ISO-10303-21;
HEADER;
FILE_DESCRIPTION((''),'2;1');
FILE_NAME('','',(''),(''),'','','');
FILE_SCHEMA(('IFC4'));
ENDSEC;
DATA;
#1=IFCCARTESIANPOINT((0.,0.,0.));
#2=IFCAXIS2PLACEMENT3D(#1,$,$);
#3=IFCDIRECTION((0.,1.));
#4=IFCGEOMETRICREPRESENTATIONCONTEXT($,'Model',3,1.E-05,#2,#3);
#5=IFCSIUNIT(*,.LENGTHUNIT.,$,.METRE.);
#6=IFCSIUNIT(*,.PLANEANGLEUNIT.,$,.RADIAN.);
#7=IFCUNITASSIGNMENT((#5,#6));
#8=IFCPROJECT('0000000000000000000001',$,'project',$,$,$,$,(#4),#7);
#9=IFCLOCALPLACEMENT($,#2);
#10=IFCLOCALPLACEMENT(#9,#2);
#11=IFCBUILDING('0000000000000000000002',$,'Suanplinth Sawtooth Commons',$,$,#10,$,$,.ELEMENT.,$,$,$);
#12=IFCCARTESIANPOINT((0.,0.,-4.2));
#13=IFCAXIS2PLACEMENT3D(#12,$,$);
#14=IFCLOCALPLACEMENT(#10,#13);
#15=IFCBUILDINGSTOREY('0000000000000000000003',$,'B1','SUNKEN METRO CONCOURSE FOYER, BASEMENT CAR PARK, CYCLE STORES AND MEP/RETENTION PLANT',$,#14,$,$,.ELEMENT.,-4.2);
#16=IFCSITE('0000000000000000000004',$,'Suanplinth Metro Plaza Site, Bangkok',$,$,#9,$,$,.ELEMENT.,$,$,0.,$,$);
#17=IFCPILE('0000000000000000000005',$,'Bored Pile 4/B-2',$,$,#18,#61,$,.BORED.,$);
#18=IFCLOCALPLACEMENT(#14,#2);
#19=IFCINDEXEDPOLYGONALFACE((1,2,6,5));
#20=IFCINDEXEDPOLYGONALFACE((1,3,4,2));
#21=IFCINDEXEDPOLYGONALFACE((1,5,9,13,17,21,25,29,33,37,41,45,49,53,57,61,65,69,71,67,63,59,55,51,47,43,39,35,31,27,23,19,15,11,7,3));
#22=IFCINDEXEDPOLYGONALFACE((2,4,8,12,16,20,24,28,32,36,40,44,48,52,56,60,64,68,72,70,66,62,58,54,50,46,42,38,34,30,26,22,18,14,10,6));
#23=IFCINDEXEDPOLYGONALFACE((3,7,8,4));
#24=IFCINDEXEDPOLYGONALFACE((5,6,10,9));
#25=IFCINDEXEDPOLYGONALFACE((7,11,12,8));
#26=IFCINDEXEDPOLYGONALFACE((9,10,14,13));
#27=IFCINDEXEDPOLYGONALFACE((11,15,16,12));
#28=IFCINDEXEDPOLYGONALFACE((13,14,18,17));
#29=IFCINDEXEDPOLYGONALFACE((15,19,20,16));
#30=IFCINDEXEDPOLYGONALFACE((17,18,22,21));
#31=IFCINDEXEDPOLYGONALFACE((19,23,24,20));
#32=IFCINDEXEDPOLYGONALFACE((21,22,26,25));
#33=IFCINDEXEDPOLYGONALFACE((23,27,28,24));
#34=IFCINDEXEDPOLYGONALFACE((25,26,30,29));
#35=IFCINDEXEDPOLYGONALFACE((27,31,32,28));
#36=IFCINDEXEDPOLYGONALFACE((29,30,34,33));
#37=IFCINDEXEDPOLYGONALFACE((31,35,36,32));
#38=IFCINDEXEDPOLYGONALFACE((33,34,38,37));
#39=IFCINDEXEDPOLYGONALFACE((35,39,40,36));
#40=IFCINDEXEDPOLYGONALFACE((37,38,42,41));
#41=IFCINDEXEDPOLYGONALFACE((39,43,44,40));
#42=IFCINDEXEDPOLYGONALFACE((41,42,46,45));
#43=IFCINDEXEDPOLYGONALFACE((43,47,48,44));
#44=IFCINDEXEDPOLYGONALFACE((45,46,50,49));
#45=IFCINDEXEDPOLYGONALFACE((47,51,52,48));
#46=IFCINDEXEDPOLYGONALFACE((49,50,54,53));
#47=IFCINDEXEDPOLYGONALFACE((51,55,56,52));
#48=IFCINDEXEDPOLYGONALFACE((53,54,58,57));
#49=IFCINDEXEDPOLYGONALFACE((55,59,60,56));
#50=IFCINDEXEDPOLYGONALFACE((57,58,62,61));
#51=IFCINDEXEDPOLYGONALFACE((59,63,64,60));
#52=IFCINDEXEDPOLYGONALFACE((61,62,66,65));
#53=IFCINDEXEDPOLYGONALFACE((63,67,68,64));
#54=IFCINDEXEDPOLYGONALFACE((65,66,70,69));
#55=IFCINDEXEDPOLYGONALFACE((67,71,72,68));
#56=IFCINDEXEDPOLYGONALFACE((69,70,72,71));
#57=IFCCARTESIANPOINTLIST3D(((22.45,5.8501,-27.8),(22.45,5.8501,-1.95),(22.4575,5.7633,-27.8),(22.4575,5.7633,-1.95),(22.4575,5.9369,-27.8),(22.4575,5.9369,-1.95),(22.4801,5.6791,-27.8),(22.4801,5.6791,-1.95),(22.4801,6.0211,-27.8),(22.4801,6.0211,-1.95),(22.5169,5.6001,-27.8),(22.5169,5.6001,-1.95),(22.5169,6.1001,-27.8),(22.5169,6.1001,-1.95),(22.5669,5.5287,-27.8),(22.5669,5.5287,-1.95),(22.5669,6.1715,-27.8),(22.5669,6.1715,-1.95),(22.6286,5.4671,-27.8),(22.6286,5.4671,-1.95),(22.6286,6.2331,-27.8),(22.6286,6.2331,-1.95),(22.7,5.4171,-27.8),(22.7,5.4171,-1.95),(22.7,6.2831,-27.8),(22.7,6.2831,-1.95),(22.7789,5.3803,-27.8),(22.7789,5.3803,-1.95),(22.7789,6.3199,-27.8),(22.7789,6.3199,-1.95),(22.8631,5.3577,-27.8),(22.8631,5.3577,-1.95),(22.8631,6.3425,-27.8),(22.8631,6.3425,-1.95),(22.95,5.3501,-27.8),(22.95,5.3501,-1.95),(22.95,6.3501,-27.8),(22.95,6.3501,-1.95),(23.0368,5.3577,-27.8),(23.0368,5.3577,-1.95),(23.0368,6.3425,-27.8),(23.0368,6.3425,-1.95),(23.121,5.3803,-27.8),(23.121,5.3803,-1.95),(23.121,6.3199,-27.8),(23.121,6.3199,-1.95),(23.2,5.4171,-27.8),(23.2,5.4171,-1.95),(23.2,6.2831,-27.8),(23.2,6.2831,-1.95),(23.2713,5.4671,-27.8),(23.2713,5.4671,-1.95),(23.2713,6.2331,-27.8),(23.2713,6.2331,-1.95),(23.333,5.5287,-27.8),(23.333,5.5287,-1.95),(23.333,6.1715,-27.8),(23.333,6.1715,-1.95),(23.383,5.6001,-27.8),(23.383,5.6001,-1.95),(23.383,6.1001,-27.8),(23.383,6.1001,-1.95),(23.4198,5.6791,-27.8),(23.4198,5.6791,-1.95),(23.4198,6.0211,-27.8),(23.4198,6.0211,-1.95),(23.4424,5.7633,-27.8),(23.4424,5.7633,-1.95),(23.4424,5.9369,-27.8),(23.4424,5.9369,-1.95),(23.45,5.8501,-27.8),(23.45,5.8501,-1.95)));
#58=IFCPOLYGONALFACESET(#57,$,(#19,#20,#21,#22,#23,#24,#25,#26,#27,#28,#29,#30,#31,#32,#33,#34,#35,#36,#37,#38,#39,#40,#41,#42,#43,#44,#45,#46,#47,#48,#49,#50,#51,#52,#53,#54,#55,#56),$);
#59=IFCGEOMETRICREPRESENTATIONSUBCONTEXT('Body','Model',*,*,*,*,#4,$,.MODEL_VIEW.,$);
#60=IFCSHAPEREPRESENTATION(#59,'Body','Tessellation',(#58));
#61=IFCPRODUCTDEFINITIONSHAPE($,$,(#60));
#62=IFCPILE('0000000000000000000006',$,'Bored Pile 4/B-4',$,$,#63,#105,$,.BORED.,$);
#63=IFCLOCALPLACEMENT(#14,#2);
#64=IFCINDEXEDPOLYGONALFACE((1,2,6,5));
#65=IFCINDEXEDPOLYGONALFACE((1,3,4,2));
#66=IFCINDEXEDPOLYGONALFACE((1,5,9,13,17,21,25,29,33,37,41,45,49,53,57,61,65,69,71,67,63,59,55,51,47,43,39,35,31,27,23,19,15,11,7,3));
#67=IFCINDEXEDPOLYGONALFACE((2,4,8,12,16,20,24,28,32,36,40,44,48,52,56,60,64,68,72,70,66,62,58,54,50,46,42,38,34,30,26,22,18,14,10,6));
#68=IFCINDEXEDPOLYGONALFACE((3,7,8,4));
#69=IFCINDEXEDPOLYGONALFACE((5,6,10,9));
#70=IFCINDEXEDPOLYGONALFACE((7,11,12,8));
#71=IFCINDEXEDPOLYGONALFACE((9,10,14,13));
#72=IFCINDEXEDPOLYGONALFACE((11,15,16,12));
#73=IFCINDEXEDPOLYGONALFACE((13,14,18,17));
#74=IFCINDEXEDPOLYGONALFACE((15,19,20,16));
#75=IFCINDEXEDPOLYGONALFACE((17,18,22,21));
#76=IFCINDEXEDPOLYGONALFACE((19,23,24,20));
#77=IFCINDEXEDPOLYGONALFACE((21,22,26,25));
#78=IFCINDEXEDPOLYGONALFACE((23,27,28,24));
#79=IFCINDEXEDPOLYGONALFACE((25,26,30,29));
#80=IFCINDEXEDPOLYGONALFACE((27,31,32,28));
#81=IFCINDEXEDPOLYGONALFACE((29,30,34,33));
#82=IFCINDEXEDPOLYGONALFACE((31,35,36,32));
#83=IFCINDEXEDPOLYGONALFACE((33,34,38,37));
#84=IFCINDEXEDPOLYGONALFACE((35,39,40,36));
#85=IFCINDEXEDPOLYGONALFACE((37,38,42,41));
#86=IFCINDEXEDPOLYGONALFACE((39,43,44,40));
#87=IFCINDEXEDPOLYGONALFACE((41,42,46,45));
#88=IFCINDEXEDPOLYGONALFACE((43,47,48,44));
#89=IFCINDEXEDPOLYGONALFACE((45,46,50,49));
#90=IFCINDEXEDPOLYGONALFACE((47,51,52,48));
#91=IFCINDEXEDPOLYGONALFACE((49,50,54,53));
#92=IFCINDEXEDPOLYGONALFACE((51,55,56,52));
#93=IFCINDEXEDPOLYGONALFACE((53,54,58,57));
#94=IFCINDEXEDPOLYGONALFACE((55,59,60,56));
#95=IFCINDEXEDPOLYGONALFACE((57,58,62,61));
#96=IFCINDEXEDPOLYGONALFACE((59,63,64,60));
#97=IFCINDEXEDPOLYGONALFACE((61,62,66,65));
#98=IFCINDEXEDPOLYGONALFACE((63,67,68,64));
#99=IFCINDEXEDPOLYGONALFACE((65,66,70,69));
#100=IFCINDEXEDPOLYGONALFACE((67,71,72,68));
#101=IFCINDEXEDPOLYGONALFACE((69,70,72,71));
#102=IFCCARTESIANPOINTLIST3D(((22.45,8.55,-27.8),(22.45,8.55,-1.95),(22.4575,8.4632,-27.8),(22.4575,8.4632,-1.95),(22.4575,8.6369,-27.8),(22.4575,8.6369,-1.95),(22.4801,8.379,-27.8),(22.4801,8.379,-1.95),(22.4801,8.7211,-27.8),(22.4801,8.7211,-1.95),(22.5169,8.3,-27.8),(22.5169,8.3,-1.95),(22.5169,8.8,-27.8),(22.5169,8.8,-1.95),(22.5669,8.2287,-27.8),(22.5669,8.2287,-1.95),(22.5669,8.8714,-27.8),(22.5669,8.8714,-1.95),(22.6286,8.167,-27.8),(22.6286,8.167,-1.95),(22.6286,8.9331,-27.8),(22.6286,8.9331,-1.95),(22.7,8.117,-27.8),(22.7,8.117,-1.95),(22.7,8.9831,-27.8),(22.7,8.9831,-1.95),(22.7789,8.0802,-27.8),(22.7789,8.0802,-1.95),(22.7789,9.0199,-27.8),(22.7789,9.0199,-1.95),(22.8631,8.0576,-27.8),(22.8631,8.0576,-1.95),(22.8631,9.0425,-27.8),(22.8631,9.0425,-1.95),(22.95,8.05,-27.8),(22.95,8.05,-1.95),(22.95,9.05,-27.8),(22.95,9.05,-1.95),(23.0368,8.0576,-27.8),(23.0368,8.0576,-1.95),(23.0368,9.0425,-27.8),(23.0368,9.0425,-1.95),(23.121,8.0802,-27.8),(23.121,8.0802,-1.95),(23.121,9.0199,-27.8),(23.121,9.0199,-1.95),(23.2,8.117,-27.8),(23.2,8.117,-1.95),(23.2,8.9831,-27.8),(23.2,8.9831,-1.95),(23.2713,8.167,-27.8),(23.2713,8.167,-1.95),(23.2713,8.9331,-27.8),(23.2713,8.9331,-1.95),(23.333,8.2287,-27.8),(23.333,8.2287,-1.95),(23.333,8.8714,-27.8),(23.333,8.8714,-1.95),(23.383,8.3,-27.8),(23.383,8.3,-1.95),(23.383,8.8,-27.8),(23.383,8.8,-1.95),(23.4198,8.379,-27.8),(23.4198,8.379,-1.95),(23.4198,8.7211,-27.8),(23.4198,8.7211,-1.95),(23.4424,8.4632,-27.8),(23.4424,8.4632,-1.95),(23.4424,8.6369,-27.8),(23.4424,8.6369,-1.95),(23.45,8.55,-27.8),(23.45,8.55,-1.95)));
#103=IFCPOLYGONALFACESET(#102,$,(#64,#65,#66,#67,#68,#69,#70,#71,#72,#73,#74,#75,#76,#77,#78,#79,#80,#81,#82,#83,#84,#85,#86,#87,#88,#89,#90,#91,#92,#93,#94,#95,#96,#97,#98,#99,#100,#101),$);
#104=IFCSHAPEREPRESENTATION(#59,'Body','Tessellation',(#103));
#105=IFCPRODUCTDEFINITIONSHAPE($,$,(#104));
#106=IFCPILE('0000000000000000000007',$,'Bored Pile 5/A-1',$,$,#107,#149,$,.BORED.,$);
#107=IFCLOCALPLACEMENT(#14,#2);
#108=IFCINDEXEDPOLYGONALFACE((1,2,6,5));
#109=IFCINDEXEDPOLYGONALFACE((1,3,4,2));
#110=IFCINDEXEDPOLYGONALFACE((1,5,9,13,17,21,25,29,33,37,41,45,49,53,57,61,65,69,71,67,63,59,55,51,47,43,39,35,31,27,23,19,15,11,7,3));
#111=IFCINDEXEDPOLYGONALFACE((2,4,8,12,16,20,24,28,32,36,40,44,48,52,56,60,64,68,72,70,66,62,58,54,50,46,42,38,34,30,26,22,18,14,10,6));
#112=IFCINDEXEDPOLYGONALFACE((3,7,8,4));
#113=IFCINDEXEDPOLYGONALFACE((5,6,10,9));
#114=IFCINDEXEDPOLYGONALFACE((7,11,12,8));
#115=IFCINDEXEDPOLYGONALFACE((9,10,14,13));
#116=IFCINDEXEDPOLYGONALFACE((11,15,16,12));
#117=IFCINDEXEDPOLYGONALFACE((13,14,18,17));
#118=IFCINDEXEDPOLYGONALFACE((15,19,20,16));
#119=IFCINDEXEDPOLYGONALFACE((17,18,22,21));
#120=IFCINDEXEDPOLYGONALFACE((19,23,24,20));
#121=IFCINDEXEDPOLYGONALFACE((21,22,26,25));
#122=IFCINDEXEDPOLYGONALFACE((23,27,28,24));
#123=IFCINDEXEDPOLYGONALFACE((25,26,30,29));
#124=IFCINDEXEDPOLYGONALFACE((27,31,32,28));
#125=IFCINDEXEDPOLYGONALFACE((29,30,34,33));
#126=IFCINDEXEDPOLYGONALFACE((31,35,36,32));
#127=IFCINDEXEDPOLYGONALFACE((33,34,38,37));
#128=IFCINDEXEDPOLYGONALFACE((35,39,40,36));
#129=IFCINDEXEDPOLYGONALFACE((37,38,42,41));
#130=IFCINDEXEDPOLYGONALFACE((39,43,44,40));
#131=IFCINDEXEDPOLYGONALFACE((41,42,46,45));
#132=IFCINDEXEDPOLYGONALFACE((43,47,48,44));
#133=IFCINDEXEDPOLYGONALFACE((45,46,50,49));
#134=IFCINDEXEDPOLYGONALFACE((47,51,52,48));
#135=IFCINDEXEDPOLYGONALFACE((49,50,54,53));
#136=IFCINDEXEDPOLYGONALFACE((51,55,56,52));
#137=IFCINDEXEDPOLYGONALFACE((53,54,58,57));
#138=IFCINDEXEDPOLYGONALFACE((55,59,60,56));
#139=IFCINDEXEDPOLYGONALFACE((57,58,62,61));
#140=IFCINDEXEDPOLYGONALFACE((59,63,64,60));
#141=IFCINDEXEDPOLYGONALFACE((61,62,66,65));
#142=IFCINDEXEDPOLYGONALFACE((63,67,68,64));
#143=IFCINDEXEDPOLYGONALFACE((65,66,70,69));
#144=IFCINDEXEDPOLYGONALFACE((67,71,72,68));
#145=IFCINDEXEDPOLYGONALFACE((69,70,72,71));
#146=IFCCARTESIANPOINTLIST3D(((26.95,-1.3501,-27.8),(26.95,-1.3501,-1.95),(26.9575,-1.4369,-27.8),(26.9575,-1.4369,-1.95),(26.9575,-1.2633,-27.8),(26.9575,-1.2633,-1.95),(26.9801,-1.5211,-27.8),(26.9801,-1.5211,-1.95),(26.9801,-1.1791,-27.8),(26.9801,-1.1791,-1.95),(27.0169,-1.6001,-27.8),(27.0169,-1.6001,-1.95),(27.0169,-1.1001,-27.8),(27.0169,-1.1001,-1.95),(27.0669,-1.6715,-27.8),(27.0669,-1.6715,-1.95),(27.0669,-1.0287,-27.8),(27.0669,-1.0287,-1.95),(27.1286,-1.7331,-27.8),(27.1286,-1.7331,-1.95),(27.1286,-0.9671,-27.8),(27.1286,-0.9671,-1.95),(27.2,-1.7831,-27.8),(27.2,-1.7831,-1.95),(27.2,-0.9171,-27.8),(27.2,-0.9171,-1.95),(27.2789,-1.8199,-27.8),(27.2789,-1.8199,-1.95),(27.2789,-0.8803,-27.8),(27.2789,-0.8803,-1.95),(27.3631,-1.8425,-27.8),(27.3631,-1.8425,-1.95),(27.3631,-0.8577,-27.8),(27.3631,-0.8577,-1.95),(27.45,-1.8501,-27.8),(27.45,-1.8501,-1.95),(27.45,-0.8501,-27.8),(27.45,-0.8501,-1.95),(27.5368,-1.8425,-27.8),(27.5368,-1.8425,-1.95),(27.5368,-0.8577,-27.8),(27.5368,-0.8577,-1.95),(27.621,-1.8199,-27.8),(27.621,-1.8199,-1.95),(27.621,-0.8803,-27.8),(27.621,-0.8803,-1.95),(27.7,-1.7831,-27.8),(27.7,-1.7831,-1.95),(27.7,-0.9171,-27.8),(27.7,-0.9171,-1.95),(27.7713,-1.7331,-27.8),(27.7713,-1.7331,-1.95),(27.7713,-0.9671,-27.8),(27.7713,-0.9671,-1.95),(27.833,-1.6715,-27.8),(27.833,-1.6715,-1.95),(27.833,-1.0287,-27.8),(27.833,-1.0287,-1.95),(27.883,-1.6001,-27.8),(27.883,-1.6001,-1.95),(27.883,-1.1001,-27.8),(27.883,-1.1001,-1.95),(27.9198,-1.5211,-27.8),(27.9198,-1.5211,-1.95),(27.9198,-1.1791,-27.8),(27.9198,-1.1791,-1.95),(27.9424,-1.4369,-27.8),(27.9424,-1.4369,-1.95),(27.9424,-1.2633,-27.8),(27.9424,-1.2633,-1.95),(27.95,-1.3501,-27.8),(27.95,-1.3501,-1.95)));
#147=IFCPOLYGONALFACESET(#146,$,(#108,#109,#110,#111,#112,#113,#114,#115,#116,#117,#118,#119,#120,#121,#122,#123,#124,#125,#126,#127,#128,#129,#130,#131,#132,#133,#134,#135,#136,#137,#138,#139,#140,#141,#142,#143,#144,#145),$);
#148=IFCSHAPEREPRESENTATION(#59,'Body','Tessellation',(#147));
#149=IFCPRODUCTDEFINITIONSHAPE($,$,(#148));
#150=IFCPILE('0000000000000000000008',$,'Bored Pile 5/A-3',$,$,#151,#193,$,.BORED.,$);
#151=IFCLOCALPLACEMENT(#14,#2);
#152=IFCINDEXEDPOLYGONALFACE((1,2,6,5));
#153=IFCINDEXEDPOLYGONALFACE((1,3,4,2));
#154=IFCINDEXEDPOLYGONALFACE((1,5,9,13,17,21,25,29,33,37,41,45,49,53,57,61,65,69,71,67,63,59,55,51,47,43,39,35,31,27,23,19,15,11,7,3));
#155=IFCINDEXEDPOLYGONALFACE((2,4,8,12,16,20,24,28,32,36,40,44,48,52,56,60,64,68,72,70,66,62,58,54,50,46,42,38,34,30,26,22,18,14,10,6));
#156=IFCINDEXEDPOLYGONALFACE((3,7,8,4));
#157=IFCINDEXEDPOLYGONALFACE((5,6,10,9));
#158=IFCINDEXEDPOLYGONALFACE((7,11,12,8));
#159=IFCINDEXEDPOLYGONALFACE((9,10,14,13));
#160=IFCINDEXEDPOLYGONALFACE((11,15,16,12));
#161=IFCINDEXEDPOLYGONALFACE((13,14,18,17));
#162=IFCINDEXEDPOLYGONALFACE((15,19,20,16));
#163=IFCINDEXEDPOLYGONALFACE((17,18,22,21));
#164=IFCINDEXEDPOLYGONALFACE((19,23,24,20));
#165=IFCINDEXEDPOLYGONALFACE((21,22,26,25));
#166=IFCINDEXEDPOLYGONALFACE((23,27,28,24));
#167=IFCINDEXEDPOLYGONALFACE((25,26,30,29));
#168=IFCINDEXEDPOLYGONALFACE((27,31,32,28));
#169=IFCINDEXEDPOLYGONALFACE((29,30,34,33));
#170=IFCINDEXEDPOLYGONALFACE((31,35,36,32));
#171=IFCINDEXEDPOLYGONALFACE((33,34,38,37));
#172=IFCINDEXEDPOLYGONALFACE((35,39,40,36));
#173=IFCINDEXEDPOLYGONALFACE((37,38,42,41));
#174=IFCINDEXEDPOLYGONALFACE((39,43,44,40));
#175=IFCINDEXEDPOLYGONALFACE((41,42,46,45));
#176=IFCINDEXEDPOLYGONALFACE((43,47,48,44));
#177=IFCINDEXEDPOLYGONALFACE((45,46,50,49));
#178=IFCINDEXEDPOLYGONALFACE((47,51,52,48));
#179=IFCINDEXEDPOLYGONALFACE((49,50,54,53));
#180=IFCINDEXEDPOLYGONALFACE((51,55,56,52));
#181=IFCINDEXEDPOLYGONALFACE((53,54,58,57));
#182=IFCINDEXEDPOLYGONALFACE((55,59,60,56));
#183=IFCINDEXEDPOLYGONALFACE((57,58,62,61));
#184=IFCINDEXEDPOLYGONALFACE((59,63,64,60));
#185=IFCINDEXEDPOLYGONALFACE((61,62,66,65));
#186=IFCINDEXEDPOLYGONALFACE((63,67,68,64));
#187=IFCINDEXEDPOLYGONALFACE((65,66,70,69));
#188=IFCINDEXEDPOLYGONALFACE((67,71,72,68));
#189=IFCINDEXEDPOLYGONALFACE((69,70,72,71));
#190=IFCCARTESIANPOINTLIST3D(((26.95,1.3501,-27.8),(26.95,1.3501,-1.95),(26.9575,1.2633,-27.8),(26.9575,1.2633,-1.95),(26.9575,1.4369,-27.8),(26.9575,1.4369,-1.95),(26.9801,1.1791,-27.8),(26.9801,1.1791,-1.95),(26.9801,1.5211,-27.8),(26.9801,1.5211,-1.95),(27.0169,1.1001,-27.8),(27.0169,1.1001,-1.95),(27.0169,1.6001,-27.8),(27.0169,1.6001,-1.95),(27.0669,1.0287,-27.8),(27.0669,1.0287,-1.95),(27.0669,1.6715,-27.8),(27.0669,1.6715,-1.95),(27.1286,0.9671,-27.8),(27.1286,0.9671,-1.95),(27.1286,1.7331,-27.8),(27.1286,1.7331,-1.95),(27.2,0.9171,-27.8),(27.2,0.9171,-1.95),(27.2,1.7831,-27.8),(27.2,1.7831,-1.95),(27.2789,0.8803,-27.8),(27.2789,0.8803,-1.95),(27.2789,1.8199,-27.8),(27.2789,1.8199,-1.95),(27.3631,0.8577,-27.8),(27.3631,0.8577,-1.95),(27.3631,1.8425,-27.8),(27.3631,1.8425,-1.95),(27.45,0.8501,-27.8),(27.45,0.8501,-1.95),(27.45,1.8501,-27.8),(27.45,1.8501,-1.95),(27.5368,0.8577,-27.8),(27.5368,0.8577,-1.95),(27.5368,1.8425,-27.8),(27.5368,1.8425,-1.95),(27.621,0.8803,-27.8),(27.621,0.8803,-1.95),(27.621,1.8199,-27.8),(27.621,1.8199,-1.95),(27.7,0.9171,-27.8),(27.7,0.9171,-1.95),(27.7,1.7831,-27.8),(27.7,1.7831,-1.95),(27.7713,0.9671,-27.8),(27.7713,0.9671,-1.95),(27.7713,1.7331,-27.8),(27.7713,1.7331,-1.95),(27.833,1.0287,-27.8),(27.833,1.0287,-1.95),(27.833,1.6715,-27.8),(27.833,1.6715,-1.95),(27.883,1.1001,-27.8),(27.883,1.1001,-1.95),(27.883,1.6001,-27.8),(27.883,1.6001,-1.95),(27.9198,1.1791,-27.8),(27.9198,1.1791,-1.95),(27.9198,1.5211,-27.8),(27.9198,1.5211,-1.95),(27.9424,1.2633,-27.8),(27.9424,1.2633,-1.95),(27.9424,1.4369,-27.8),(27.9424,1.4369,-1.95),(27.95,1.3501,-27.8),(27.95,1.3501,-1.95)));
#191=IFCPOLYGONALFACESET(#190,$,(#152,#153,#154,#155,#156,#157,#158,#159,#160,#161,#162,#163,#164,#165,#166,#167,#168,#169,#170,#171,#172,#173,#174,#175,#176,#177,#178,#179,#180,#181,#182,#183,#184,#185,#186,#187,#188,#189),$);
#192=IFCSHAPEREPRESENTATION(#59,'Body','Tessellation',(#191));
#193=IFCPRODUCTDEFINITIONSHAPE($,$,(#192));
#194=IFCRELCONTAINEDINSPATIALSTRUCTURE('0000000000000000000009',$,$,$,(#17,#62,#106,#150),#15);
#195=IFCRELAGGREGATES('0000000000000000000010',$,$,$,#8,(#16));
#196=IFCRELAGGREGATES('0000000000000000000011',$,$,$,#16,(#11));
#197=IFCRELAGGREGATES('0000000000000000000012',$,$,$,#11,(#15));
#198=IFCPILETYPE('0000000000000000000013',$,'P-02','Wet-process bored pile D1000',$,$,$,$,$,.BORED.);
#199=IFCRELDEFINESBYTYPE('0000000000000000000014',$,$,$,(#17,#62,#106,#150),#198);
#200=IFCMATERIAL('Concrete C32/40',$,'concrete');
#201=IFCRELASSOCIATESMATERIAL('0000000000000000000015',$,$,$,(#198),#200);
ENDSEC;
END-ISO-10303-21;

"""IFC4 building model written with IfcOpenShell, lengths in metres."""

from ifc_helpers import new_model, si_unit, direction, frame, origin, origin_2d, place, context, subcontext, project, spatial, circle, extrude, material, material_profile, profile_set, type_object, element, save


model = new_model("IFC4")

# Units and contexts
model_context = context("Model", 3, precision=1e-05, world=origin(), true_north=direction((0.0, 1.0)))
body_context = subcontext(model_context, "Body", "Model", "MODEL_VIEW")
ifc_project = project(units=[si_unit("LENGTHUNIT", "METRE"), si_unit("PLANEANGLEUNIT", "RADIAN")], contexts=[model_context])

# Site, building, storey
site_placement = place(None, origin())
site = spatial("IfcSite", under=ifc_project, at=site_placement, Name="Suanplinth Metro Plaza Site, Bangkok", CompositionType="ELEMENT", RefElevation=0.0)
building_placement = place(site_placement, origin())
building = spatial("IfcBuilding", under=site, at=building_placement, Name="Suanplinth Sawtooth Commons", CompositionType="ELEMENT")
storey_placement = place(building_placement, frame((0.0, 0.0, -4.2)))
storey = spatial("IfcBuildingStorey", under=building, at=storey_placement, Name="B1", Description="SUNKEN METRO CONCOURSE FOYER, BASEMENT CAR PARK, CYCLE STORES AND MEP/RETENTION PLANT", CompositionType="ELEMENT", Elevation=-4.2)

# Piles
ifc_material_1 = material(Name="Concrete C32/40", Category="concrete")
ifc_material_profile_1 = material_profile(ifc_material_1, circle(Radius=0.5, at=origin_2d()), Name="PILE D1000")
ifc_profile_set_1 = profile_set([ifc_material_profile_1], Name="Concrete C32/40")
pile_type = type_object("IfcPileType", Name="P-02", Description="Wet-process bored pile D1000", PredefinedType="BORED", material=ifc_profile_set_1)
for number, where, z_axis, x_axis, name in (
    (1, (22.95, 5.8501, -1.95), (0.0, 0.0, -1.0), (1.0, 0.0, 0.0), "Bored Pile 4/B-2"),
    (2, (22.95, 8.55, -1.95), (0.0, 0.0, -1.0), (1.0, 0.0, 0.0), "Bored Pile 4/B-4"),
    (3, (27.45, -1.3501, -1.95), (0.0, 0.0, -1.0), (1.0, 0.0, 0.0), "Bored Pile 5/A-1"),
    (4, (27.45, 1.3501, -1.95), (0.0, 0.0, -1.0), (1.0, 0.0, 0.0), "Bored Pile 5/A-3"),
):
    element("IfcPile", number, at=place(storey_placement, frame(where, z_axis=z_axis, x_axis=x_axis)), inside=storey, type_object=pile_type, Name=name, PredefinedType="BORED", context=body_context, shape_type="SweptSolid", body=[
        extrude(circle(Radius=0.5, at=origin_2d()), origin(), (0.0, 0.0, 1.0), 25.8501),
    ])

save(model, "model.ifc")
